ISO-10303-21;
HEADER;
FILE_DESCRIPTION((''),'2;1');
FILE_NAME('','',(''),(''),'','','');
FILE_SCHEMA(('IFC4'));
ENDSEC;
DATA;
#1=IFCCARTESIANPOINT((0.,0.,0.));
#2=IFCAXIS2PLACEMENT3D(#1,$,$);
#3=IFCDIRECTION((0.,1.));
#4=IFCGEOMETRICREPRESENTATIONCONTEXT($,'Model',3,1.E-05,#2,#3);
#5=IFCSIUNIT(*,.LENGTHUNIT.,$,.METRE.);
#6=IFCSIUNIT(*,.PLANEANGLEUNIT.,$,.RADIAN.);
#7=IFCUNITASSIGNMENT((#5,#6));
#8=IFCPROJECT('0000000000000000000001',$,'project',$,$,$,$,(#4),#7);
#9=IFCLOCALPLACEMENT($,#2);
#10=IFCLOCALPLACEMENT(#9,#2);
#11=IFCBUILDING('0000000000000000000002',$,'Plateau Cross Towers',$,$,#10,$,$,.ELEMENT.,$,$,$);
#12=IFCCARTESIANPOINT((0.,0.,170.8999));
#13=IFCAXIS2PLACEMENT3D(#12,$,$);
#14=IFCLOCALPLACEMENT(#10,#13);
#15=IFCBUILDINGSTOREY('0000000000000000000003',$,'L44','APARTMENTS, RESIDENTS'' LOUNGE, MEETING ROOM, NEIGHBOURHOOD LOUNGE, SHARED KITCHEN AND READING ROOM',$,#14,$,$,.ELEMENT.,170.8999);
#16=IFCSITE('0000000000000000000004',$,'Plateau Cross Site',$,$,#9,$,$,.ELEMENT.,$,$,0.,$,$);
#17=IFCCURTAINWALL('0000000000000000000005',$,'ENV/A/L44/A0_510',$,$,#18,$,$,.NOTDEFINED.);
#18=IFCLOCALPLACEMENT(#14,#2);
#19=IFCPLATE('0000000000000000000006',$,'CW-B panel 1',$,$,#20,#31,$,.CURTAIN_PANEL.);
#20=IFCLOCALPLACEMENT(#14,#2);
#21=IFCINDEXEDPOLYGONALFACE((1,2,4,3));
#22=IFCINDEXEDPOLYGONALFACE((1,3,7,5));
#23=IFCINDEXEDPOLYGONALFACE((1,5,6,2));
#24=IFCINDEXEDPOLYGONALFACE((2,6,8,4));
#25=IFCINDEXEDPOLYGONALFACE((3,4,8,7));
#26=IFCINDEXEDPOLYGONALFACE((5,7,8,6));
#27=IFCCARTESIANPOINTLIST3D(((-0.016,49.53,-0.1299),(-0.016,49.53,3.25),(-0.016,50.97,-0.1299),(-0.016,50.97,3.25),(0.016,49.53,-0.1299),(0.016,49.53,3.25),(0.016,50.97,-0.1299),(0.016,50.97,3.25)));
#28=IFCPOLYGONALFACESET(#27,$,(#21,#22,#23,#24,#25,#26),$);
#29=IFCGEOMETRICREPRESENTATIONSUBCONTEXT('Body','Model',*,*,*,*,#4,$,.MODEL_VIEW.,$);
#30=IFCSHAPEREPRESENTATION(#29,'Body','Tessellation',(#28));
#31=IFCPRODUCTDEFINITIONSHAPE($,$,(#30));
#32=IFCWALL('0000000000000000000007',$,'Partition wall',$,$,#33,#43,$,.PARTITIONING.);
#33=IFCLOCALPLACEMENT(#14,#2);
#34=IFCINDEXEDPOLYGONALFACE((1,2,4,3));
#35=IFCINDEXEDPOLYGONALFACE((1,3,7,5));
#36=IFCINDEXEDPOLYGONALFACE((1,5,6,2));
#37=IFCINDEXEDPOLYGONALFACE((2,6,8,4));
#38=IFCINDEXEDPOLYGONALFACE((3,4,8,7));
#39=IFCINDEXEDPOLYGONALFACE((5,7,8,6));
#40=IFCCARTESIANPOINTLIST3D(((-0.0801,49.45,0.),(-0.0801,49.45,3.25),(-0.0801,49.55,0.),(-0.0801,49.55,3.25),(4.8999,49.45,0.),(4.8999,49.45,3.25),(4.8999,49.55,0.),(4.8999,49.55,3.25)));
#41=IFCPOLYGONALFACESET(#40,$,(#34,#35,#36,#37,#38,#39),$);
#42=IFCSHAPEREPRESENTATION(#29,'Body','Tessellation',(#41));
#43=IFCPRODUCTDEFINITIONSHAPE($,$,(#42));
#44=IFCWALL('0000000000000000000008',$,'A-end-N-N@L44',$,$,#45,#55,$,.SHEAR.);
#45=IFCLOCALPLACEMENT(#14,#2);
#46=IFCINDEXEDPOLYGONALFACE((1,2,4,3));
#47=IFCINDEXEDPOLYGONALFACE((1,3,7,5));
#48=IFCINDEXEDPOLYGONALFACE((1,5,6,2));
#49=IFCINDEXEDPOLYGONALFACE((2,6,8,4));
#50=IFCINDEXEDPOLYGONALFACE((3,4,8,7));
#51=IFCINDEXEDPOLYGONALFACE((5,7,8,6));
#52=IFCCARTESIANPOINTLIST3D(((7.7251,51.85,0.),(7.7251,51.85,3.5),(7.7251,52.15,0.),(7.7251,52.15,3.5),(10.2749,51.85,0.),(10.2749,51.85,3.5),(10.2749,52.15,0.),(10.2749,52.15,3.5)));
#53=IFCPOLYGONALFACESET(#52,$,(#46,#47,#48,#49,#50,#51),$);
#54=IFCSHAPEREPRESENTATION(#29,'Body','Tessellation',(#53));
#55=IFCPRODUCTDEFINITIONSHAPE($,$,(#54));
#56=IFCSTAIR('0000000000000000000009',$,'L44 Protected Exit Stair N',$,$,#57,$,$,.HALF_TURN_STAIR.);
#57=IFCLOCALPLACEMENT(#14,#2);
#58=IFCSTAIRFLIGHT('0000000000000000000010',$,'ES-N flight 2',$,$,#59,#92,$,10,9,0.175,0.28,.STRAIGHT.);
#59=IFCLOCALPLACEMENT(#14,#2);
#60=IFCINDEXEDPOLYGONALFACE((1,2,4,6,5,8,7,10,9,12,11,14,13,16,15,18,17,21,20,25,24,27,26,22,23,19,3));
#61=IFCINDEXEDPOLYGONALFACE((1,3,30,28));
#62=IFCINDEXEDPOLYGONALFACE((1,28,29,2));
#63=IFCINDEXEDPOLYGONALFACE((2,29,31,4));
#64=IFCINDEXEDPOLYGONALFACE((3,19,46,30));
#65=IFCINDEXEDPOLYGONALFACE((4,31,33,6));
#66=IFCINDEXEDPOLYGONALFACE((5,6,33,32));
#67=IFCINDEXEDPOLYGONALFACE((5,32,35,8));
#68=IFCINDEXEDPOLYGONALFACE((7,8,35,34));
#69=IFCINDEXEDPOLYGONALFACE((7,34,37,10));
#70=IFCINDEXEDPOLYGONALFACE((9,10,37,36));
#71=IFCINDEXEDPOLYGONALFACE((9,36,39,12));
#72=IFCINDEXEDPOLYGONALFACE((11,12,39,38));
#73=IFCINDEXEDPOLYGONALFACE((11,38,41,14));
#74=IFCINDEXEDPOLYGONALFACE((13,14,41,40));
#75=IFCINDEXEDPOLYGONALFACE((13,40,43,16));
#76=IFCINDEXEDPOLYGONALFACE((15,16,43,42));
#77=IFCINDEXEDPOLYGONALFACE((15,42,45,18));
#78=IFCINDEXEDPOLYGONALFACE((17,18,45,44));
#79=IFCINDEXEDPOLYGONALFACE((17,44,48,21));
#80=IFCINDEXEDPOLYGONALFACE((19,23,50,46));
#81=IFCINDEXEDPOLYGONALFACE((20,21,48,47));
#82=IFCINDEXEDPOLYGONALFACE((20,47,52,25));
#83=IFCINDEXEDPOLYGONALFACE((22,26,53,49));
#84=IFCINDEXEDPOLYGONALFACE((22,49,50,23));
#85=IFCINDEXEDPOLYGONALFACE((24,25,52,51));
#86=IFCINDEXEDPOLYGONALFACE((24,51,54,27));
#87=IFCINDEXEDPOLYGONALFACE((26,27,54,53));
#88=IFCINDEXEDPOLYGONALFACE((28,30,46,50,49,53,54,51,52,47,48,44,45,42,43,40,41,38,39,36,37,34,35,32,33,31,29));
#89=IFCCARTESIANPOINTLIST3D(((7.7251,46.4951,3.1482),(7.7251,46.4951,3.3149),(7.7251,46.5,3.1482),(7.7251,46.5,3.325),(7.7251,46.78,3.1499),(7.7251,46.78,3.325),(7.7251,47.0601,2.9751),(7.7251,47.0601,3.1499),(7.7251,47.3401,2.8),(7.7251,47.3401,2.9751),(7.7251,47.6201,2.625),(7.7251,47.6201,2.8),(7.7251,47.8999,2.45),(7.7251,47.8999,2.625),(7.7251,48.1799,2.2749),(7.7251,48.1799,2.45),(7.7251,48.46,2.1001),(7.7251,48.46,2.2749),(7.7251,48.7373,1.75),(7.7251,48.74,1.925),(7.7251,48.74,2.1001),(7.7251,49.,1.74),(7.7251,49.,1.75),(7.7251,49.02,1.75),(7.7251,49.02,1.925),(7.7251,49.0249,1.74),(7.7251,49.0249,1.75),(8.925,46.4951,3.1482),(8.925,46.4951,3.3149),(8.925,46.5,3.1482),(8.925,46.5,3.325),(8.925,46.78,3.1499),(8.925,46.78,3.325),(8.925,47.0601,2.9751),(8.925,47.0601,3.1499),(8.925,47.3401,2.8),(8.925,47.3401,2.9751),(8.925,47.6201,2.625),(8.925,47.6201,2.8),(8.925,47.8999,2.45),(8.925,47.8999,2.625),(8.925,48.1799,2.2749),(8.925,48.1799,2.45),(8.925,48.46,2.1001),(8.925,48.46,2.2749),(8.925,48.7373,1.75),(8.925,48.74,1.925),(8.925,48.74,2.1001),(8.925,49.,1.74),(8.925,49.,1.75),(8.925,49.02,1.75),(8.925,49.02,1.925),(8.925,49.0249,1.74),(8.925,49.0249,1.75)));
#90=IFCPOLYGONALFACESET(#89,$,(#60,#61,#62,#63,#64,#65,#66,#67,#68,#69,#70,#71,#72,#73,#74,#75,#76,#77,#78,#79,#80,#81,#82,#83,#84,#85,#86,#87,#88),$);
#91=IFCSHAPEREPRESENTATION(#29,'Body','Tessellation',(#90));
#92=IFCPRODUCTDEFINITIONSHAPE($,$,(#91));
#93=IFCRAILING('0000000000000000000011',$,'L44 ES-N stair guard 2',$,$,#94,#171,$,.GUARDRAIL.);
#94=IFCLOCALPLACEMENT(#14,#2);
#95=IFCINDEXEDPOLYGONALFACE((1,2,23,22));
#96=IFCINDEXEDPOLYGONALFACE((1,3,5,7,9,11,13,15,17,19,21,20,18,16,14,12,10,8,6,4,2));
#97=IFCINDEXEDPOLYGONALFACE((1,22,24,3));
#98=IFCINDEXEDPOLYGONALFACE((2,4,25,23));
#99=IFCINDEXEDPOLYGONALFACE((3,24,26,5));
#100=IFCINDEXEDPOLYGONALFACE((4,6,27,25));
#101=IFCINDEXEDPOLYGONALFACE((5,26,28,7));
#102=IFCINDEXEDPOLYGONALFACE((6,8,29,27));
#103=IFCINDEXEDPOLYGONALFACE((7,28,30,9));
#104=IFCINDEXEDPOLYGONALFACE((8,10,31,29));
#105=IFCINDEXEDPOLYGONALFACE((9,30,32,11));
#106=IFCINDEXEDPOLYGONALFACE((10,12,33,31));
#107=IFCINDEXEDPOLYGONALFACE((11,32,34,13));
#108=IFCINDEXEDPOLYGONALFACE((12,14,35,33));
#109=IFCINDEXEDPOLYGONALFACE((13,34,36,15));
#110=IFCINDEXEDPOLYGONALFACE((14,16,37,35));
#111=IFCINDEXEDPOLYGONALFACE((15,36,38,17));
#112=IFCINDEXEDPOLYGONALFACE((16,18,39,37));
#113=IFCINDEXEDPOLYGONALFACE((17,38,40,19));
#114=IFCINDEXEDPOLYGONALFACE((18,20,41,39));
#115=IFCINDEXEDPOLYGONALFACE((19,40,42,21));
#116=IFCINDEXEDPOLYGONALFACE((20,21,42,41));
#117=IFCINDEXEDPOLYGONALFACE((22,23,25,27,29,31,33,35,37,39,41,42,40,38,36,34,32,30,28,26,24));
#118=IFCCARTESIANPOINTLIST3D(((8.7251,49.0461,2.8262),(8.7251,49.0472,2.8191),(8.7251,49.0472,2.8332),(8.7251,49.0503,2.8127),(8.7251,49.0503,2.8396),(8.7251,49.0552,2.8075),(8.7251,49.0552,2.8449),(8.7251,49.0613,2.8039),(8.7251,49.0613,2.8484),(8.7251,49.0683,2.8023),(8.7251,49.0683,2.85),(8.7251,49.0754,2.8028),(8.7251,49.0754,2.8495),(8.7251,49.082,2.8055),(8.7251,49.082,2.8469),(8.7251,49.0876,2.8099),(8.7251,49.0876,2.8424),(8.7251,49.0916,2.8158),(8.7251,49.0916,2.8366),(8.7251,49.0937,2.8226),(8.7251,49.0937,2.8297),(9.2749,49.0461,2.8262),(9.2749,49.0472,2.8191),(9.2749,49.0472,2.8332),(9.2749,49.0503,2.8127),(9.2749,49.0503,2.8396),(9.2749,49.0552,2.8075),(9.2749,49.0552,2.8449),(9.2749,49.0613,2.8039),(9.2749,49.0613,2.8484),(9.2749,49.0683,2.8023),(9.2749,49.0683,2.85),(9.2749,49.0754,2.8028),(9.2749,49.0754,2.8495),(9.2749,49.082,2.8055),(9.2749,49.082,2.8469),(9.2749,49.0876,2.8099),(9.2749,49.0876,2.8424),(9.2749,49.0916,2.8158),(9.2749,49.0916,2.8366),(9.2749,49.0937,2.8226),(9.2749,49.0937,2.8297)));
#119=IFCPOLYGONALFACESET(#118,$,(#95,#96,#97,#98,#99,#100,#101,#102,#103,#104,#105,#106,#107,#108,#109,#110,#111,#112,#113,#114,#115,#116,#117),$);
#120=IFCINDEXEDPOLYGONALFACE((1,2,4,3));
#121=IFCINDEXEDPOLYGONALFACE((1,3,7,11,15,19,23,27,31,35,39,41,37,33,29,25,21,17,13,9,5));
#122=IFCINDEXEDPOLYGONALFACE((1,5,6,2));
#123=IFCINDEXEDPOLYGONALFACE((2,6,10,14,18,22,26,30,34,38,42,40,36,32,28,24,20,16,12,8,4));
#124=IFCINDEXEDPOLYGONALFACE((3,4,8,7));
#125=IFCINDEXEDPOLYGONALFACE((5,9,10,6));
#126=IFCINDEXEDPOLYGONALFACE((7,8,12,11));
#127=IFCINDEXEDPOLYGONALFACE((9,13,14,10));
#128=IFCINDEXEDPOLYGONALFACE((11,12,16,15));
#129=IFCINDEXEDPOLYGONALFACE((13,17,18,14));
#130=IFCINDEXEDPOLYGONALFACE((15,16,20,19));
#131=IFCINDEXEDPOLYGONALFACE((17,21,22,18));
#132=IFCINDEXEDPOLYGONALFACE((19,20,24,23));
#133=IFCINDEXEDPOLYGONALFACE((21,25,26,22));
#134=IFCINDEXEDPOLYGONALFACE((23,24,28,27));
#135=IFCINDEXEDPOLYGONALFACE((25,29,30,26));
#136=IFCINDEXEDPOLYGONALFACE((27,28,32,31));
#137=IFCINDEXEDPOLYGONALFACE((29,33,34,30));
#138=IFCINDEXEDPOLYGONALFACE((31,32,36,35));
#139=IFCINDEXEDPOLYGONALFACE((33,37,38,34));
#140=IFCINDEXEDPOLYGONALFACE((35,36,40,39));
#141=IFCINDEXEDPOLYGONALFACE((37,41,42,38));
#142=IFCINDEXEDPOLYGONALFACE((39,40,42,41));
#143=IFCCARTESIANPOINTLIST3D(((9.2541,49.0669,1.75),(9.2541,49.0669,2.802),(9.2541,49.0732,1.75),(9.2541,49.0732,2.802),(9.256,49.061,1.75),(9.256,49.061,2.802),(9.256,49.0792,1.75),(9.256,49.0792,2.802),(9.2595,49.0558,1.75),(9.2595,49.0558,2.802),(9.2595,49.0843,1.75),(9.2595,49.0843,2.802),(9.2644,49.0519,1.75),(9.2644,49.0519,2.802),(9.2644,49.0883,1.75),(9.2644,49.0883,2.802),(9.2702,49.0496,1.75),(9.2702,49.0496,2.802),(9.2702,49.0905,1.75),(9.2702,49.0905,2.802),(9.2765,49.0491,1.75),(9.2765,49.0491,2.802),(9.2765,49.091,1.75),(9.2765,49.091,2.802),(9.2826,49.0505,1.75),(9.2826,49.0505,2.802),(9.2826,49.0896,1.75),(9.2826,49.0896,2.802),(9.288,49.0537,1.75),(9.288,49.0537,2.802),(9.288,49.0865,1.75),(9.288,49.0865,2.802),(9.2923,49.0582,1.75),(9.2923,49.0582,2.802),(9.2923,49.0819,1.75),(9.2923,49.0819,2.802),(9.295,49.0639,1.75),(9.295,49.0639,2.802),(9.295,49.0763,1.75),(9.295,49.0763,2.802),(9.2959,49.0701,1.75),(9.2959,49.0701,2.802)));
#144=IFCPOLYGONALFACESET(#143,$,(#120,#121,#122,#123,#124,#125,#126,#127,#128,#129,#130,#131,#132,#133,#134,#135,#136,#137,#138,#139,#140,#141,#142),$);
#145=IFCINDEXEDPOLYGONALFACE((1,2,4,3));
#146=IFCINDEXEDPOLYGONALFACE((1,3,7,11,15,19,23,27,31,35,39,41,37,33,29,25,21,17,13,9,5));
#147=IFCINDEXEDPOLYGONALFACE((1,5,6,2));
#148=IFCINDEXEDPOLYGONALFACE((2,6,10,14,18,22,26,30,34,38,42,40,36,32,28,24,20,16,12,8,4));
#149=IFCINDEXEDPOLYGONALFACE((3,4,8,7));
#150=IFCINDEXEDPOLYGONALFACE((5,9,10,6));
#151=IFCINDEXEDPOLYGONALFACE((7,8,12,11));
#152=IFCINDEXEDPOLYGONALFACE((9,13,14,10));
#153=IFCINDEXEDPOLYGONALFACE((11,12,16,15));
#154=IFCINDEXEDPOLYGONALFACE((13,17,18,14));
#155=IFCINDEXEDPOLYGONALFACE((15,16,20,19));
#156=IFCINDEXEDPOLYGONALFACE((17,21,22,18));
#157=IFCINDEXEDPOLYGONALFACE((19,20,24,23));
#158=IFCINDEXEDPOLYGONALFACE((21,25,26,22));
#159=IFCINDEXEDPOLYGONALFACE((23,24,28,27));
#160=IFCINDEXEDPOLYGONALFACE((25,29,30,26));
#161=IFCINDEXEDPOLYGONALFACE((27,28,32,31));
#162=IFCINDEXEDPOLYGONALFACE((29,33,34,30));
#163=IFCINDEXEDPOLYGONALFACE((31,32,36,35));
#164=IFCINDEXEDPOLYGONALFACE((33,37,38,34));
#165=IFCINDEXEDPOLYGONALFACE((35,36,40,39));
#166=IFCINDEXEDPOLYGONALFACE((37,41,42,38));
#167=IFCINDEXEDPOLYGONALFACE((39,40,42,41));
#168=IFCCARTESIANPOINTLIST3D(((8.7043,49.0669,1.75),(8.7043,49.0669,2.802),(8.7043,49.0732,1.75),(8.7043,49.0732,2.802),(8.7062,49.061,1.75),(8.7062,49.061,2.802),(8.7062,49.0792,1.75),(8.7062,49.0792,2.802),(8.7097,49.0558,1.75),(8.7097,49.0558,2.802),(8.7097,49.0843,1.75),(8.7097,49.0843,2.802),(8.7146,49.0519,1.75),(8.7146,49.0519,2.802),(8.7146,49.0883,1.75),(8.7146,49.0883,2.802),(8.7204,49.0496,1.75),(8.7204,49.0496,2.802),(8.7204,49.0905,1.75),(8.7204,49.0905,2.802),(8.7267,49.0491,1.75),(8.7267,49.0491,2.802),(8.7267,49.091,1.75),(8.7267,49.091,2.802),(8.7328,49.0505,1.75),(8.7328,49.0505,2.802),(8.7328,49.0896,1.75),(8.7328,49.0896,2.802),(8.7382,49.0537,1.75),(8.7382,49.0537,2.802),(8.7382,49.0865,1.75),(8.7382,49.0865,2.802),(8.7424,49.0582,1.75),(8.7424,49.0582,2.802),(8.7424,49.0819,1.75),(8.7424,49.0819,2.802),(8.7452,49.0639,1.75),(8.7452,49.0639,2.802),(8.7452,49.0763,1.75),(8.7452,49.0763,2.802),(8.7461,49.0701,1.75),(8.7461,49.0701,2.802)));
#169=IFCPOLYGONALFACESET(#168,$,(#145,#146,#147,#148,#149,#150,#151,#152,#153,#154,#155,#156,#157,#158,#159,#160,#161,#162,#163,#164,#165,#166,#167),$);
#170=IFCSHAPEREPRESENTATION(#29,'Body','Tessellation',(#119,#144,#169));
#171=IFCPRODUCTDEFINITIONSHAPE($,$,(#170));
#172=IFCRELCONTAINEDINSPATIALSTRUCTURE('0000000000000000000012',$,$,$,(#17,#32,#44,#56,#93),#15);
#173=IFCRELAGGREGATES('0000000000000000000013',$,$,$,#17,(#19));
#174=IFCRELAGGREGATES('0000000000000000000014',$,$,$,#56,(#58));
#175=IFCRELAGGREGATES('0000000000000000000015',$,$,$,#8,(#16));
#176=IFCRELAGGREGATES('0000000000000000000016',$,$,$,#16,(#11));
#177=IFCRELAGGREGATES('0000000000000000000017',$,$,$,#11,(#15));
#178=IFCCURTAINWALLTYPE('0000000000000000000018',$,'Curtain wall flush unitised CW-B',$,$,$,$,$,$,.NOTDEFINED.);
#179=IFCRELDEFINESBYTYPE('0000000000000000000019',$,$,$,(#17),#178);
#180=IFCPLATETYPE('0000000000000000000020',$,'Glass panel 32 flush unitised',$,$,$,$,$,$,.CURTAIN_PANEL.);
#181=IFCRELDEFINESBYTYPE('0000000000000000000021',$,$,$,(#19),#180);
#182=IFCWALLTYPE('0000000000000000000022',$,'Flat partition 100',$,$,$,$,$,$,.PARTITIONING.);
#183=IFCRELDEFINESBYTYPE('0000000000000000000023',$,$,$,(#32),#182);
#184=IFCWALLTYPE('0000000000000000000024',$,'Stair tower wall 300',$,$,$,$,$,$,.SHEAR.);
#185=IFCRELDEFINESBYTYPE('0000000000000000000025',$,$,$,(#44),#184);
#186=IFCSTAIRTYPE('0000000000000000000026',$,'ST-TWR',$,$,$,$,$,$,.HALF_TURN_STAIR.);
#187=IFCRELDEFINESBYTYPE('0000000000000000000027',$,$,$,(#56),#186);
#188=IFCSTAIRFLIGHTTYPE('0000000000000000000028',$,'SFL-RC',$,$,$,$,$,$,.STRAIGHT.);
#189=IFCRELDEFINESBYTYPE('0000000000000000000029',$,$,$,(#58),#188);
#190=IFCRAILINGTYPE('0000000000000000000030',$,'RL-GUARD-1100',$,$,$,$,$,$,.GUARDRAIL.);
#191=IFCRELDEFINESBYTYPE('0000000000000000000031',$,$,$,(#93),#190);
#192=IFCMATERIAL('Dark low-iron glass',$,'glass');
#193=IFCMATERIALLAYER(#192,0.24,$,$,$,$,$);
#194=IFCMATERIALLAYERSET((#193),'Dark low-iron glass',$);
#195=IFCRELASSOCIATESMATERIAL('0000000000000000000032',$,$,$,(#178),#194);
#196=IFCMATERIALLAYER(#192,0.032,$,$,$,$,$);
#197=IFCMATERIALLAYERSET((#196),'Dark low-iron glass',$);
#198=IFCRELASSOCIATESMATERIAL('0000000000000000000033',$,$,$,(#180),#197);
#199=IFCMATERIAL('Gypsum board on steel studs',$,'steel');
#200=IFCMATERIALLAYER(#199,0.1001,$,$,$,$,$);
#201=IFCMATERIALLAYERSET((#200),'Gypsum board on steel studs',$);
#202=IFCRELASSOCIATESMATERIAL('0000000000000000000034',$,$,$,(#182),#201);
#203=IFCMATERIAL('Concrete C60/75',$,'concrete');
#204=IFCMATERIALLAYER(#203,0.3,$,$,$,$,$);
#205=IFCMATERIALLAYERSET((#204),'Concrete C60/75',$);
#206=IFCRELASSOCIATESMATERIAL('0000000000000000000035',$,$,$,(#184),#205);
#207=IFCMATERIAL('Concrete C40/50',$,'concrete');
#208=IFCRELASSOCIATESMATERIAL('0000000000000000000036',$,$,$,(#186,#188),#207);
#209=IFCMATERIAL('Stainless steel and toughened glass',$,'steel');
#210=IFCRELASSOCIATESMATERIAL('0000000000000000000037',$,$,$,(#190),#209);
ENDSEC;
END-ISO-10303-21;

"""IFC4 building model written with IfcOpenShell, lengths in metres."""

from ifc_helpers import new_model, si_unit, direction, frame, frame_2d, origin, origin_2d, place, context, subcontext, project, spatial, polyline, rectangle, circle, outline, extrude, material, layer, layer_set, type_object, element, aggregate, save


model = new_model("IFC4")

# Units and contexts
model_context = context("Model", 3, precision=1e-05, world=origin(), true_north=direction((0.0, 1.0)))
body_context = subcontext(model_context, "Body", "Model", "MODEL_VIEW")
ifc_project = project(units=[si_unit("LENGTHUNIT", "METRE"), si_unit("PLANEANGLEUNIT", "RADIAN")], contexts=[model_context])

# Site, building, storey
site_placement = place(None, origin())
site = spatial("IfcSite", under=ifc_project, at=site_placement, Name="Plateau Cross Site", CompositionType="ELEMENT", RefElevation=0.0)
building_placement = place(site_placement, origin())
building = spatial("IfcBuilding", under=site, at=building_placement, Name="Plateau Cross Towers", CompositionType="ELEMENT")
storey_placement = place(building_placement, frame((0.0, 0.0, 170.8999)))
storey = spatial("IfcBuildingStorey", under=building, at=storey_placement, Name="L44", Description="APARTMENTS, RESIDENTS' LOUNGE, MEETING ROOM, NEIGHBOURHOOD LOUNGE, SHARED KITCHEN AND READING ROOM", CompositionType="ELEMENT", Elevation=170.8999)

# Shared definitions
ifc_material_1 = material(Name="Concrete C60/75", Category="concrete")

# Shared definitions
ifc_material_2 = material(Name="Dark low-iron glass", Category="glass")
ifc_layer_1 = layer(ifc_material_2, 0.24)
ifc_layer_set_1 = layer_set([ifc_layer_1], Name="Dark low-iron glass")
curtain_wall_type = type_object("IfcCurtainWallType", Name="Curtain wall flush unitised CW-B", PredefinedType="NOTDEFINED", material=ifc_layer_set_1)

# Curtain wall
curtain_wall_1_placement = place(storey_placement, origin())
curtain_wall_1 = element("IfcCurtainWall", 1, at=curtain_wall_1_placement, inside=storey, type_object=curtain_wall_type, Name="ENV/A/L44/A0_510", PredefinedType="NOTDEFINED")

# Plate
ifc_layer_2 = layer(ifc_material_2, 0.032)
ifc_layer_set_2 = layer_set([ifc_layer_2], Name="Dark low-iron glass")
plate_type = type_object("IfcPlateType", Name="Glass panel 32 flush unitised", PredefinedType="CURTAIN_PANEL", material=ifc_layer_set_2)
plate_1_placement = place(storey_placement, frame((0.0, 50.25, -0.1299), z_axis=(0.0, 0.0, 1.0), x_axis=(0.0, -1.0, 0.0)))
plate_1 = element("IfcPlate", 2, at=plate_1_placement, type_object=plate_type, Name="CW-B panel 1", PredefinedType="CURTAIN_PANEL", context=body_context, shape_type="SweptSolid", body=[
    extrude(rectangle(XDim=1.4399, YDim=0.032, at=origin_2d()), origin(), (0.0, 0.0, 1.0), 3.3799),
])
aggregate(curtain_wall_1, [plate_1])

# Walls
ifc_material_3 = material(Name="Gypsum board on steel studs", Category="steel")
ifc_layer_3 = layer(ifc_material_3, 0.1001)
ifc_layer_set_3 = layer_set([ifc_layer_3], Name="Gypsum board on steel studs")
wall_type_1 = type_object("IfcWallType", Name="Flat partition 100", PredefinedType="PARTITIONING", material=ifc_layer_set_3)
wall_1_placement = place(storey_placement, frame((4.8999, 49.5, 0.0), z_axis=(0.0, 0.0, 1.0), x_axis=(-1.0, 0.0, 0.0)))
element("IfcWall", 3, at=wall_1_placement, inside=storey, type_object=wall_type_1, Name="Partition wall", PredefinedType="PARTITIONING", context=body_context, shape_type="SweptSolid", body=[
    extrude(rectangle(XDim=4.98, YDim=0.1001, at=frame_2d((2.49, 0.0))), origin(), (0.0, 0.0, 1.0), 3.25),
])
ifc_layer_4 = layer(ifc_material_1, 0.3)
ifc_layer_set_4 = layer_set([ifc_layer_4], Name="Concrete C60/75")
wall_type_2 = type_object("IfcWallType", Name="Stair tower wall 300", PredefinedType="SHEAR", material=ifc_layer_set_4)
wall_2_placement = place(storey_placement, frame((7.7251, 52.0, 0.0), z_axis=(0.0, 0.0, 1.0), x_axis=(1.0, 0.0, 0.0)))
element("IfcWall", 4, at=wall_2_placement, inside=storey, type_object=wall_type_2, Name="A-end-N-N@L44", PredefinedType="SHEAR", context=body_context, shape_type="SweptSolid", body=[
    extrude(rectangle(XDim=2.5498, YDim=0.3, at=frame_2d((1.2749, 0.0))), origin(), (0.0, 0.0, 1.0), 3.5),
])

# Stair, stair flight
ifc_material_4 = material(Name="Concrete C40/50", Category="concrete")
stair_type = type_object("IfcStairType", Name="ST-TWR", PredefinedType="HALF_TURN_STAIR", material=ifc_material_4)
stair_placement = place(storey_placement, origin())
stair = element("IfcStair", 5, at=stair_placement, inside=storey, type_object=stair_type, Name="L44 Protected Exit Stair N", PredefinedType="HALF_TURN_STAIR")
stair_flight_type = type_object("IfcStairFlightType", Name="SFL-RC", PredefinedType="STRAIGHT", material=ifc_material_4)
stair_flight_placement = place(storey_placement, frame((8.325, 49.02, 1.75), z_axis=(0.0, 0.0, 1.0), x_axis=(0.0, -1.0, 0.0)))
stair_flight = element("IfcStairFlight", 6, at=stair_flight_placement, type_object=stair_flight_type, Name="ES-N flight 2", NumberOfRisers=10, NumberOfTreads=9, PredefinedType="STRAIGHT", RiserHeight=0.175, TreadLength=0.28, context=body_context, shape_type="SweptSolid", body=[
    extrude(outline(polyline([(-0.0049, -0.01), (-0.0049, 0.0), (0.0, 0.0), (0.0, 0.175), (0.28, 0.175), (0.28, 0.3501), (0.5601, 0.3501), (0.5601, 0.5249), (0.8401, 0.5249), (0.8401, 0.7), (1.1201, 0.7), (1.1201, 0.875), (1.3999, 0.875), (1.3999, 1.05), (1.6799, 1.05), (1.6799, 1.2251), (1.96, 1.2251), (1.96, 1.3999), (2.24, 1.3999), (2.24, 1.575), (2.52, 1.575), (2.5249, 1.5649), (2.5249, 1.3982), (2.52, 1.3982), (0.2827, 0.0), (0.02, 0.0), (0.02, -0.01), (-0.0049, -0.01)])), frame((0.0, 0.6001, 0.0), z_axis=(0.0, -1.0, 0.0), x_axis=(1.0, 0.0, 0.0)), (0.0, 0.0, 1.0), 1.2),
])
aggregate(stair, [stair_flight])

# Railing
ifc_material_5 = material(Name="Stainless steel and toughened glass", Category="steel")
railing_type_1 = type_object("IfcRailingType", Name="RL-GUARD-1100", PredefinedType="GUARDRAIL", material=ifc_material_5)
railing_1_placement = place(storey_placement, frame((9.2749, 49.0701, 1.75)))
element("IfcRailing", 7, at=railing_1_placement, inside=storey, type_object=railing_type_1, Name="L44 ES-N stair guard 2", PredefinedType="GUARDRAIL", context=body_context, shape_type="SweptSolid", body=[
    extrude(circle(Radius=0.0239, at=origin_2d()), frame((0.0, 0.0, 1.0762), z_axis=(-1.0, 0.0, 0.0), x_axis=(0.0, -1.0, 0.0)), (0.0, 0.0, 1.0), 0.5498),
    extrude(circle(Radius=0.021, at=origin_2d()), origin(), (0.0, 0.0, 1.0), 1.052),
    extrude(circle(Radius=0.021, at=origin_2d()), frame((-0.5498, 0.0, 0.0)), (0.0, 0.0, 1.0), 1.052),
])

save(model, "model.ifc")
